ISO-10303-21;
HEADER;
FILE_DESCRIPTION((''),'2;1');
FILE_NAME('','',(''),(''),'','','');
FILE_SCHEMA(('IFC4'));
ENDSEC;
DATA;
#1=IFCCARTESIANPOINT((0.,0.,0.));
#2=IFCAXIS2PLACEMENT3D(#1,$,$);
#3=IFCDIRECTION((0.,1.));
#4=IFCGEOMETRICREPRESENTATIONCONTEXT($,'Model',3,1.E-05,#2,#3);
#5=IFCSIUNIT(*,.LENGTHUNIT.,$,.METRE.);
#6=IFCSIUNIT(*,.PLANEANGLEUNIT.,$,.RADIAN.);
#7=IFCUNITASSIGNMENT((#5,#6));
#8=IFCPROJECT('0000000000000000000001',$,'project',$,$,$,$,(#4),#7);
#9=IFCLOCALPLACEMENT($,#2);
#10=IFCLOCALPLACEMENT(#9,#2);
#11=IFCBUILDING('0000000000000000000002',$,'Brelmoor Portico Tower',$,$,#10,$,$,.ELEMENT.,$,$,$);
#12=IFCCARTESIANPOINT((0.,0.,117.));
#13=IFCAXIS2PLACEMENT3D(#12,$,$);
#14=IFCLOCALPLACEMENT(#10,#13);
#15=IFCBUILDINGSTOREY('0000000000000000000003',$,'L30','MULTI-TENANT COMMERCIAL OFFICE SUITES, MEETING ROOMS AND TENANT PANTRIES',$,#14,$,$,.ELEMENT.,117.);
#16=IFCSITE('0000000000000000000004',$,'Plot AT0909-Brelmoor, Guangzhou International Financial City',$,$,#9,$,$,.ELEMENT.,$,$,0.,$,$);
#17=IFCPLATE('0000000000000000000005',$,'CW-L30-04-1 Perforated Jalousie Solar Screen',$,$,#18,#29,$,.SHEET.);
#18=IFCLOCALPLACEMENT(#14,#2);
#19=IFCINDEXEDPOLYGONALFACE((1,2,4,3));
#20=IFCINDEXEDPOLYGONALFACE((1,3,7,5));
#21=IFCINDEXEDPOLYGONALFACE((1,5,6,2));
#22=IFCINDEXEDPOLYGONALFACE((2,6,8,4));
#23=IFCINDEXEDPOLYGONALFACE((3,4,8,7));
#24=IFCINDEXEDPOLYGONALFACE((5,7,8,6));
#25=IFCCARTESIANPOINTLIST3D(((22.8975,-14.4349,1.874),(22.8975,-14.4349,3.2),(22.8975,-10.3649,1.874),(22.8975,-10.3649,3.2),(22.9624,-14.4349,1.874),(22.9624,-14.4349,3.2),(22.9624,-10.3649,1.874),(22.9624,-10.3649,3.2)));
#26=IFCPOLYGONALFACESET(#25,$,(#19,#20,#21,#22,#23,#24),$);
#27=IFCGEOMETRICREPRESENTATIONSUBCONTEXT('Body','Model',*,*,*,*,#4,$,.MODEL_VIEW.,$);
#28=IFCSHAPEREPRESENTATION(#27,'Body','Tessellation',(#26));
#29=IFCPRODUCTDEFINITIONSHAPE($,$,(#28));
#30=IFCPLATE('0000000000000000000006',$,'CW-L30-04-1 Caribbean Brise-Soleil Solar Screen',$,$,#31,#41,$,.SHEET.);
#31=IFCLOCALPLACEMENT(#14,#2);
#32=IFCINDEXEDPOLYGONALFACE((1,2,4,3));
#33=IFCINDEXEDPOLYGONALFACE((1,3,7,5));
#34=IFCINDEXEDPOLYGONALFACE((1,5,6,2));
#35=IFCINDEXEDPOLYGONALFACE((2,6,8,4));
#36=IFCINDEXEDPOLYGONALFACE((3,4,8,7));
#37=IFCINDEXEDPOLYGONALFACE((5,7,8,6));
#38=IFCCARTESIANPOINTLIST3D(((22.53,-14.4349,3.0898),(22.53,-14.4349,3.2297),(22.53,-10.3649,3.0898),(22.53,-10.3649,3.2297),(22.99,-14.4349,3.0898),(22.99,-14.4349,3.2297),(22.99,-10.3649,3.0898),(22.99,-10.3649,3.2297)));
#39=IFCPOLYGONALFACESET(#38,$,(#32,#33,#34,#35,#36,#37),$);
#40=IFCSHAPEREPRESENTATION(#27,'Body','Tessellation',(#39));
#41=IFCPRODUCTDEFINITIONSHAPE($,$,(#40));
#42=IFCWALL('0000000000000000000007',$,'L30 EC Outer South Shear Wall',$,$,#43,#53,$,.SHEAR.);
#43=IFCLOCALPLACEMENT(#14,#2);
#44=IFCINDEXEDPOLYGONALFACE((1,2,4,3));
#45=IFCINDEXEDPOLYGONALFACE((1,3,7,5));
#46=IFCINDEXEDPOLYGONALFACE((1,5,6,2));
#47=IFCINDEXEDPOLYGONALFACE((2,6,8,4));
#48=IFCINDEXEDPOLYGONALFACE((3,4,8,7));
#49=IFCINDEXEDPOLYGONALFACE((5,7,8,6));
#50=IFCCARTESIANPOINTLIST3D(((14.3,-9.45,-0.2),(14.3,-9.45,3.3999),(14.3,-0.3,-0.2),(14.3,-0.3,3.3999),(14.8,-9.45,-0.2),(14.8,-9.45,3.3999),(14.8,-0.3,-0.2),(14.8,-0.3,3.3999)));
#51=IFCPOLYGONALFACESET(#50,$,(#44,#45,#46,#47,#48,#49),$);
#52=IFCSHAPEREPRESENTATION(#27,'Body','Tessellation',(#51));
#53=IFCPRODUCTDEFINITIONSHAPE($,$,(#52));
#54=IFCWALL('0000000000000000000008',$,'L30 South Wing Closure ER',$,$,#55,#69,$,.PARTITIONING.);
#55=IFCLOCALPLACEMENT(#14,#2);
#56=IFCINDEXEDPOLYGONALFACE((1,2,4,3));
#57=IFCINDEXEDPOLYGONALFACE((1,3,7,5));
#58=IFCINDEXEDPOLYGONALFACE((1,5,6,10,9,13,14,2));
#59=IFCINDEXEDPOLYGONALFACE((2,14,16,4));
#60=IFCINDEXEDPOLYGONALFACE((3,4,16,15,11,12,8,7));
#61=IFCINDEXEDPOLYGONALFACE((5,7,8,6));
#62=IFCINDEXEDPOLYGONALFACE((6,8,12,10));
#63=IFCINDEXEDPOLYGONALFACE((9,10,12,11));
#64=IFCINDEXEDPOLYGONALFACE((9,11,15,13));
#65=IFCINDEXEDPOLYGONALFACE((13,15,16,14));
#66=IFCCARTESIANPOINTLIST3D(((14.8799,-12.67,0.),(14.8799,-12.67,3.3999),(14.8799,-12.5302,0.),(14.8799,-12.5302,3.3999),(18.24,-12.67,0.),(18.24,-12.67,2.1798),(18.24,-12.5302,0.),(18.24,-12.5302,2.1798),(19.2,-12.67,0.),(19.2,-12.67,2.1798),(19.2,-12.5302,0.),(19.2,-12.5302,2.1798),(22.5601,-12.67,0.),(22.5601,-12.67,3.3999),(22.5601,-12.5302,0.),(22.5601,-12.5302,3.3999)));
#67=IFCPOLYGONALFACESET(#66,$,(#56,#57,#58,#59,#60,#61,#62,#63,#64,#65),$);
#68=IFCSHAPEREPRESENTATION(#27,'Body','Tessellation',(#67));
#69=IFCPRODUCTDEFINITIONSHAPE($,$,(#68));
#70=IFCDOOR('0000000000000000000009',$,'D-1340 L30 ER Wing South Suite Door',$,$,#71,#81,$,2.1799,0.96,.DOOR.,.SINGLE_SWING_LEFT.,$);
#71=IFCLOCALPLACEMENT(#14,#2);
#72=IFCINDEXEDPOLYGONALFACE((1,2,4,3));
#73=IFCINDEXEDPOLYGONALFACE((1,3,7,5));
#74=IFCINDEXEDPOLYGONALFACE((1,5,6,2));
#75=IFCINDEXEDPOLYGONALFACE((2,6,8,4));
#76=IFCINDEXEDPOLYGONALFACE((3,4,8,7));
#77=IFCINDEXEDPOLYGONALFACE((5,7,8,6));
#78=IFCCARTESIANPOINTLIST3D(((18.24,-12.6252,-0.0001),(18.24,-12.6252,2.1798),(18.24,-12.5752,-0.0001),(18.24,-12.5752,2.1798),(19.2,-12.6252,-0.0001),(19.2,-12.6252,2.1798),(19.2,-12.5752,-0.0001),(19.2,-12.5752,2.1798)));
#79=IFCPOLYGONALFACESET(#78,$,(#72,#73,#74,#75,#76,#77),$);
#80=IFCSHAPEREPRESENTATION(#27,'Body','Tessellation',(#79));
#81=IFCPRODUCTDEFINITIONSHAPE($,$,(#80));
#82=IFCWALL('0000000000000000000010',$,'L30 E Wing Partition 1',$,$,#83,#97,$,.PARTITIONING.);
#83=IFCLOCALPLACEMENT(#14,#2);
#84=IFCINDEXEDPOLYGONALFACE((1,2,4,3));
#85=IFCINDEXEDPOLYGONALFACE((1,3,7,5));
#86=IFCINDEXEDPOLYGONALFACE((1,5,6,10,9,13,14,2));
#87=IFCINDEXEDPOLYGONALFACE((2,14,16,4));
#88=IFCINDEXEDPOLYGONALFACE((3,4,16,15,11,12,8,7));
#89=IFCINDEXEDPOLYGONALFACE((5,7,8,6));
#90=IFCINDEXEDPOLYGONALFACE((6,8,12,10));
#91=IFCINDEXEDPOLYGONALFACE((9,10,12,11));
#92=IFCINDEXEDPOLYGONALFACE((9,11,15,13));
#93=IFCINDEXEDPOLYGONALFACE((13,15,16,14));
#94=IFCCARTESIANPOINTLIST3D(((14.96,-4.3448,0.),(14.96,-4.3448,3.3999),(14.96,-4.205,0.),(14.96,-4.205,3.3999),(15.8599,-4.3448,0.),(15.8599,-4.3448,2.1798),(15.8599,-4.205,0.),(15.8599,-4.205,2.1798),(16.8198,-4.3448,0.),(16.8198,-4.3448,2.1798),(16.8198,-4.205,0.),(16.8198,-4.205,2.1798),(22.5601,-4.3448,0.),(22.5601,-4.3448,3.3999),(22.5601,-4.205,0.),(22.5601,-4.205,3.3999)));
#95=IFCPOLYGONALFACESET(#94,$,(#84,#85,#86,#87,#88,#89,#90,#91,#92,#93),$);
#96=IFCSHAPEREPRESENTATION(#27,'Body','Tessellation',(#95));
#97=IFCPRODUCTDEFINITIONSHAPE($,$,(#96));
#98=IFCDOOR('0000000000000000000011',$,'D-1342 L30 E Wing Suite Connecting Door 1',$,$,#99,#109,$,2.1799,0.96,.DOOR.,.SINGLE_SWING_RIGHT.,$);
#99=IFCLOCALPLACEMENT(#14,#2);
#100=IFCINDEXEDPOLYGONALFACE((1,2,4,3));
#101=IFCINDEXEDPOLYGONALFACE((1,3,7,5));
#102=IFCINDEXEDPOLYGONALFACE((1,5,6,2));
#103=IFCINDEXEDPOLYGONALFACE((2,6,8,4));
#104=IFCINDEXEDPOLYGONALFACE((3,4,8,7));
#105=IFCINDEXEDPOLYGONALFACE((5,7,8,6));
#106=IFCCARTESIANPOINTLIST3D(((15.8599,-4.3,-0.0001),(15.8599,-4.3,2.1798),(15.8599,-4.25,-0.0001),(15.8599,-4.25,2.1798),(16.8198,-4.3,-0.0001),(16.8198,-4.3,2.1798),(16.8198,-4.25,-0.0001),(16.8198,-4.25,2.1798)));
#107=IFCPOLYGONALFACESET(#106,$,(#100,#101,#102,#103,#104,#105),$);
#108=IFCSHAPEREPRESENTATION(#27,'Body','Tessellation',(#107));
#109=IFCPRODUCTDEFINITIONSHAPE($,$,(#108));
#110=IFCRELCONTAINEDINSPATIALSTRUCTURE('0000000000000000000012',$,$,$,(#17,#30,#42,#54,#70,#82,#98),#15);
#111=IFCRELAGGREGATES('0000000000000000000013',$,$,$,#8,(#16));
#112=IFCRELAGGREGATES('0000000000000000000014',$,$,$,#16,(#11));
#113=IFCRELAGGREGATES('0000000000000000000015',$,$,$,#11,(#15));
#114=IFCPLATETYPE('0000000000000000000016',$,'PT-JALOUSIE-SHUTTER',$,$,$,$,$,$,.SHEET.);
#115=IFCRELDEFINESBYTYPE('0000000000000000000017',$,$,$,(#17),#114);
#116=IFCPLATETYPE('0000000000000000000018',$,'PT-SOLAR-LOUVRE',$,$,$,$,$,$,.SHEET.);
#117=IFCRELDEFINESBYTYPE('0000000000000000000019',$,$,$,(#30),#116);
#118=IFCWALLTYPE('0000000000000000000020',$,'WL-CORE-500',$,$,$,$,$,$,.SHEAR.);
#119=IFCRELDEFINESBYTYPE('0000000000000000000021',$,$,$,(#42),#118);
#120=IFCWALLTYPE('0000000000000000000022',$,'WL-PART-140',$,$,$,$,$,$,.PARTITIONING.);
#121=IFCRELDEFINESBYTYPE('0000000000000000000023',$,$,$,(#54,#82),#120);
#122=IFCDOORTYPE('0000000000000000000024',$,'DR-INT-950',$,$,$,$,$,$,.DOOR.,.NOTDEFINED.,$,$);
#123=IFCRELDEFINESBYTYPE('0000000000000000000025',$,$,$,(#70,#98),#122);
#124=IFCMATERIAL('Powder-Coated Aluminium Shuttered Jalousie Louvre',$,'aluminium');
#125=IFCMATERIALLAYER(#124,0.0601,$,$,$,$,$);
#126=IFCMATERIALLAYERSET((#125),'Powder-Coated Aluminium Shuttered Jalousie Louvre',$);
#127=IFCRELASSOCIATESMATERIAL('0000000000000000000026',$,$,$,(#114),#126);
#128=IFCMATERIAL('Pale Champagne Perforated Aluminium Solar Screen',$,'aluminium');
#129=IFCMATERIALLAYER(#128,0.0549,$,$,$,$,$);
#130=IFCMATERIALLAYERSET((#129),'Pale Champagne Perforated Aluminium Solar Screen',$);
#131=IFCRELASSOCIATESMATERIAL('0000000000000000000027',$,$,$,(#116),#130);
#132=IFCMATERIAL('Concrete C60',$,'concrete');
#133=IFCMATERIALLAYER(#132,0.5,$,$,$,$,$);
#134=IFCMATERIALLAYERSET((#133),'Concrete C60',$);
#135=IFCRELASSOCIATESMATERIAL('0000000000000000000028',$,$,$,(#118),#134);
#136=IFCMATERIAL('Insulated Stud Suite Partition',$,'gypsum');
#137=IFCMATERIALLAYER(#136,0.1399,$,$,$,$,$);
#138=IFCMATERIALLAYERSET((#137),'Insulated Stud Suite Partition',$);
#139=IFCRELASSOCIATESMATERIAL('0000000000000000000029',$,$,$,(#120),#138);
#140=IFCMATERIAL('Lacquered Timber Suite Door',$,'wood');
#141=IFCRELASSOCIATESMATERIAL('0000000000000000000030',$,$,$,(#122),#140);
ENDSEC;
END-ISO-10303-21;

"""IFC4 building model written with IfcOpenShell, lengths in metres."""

from ifc_helpers import new_model, si_unit, direction, frame, frame_2d, origin, origin_2d, place, context, subcontext, project, spatial, rectangle, extrude, material, layer, layer_set, type_object, element, fill, save


model = new_model("IFC4")

# Units and contexts
model_context = context("Model", 3, precision=1e-05, world=origin(), true_north=direction((0.0, 1.0)))
body_context = subcontext(model_context, "Body", "Model", "MODEL_VIEW")
ifc_project = project(units=[si_unit("LENGTHUNIT", "METRE"), si_unit("PLANEANGLEUNIT", "RADIAN")], contexts=[model_context])

# Site, building, storey
site_placement = place(None, origin())
site = spatial("IfcSite", under=ifc_project, at=site_placement, Name="Plot AT0909-Brelmoor, Guangzhou International Financial City", CompositionType="ELEMENT", RefElevation=0.0)
building_placement = place(site_placement, origin())
building = spatial("IfcBuilding", under=site, at=building_placement, Name="Brelmoor Portico Tower", CompositionType="ELEMENT")
storey_placement = place(building_placement, frame((0.0, 0.0, 117.0)))
storey = spatial("IfcBuildingStorey", under=building, at=storey_placement, Name="L30", Description="MULTI-TENANT COMMERCIAL OFFICE SUITES, MEETING ROOMS AND TENANT PANTRIES", CompositionType="ELEMENT", Elevation=117.0)

# Plates
ifc_material_1 = material(Name="Powder-Coated Aluminium Shuttered Jalousie Louvre", Category="aluminium")
ifc_layer_1 = layer(ifc_material_1, 0.0601)
ifc_layer_set_1 = layer_set([ifc_layer_1], Name="Powder-Coated Aluminium Shuttered Jalousie Louvre")
plate_type_1 = type_object("IfcPlateType", Name="PT-JALOUSIE-SHUTTER", PredefinedType="SHEET", material=ifc_layer_set_1)
plate_1_placement = place(storey_placement, frame((22.9299, -12.3999, 1.874), z_axis=(0.0, 0.0, 1.0), x_axis=(0.0, 1.0, 0.0)))
element("IfcPlate", 1, at=plate_1_placement, inside=storey, type_object=plate_type_1, Name="CW-L30-04-1 Perforated Jalousie Solar Screen", PredefinedType="SHEET", context=body_context, shape_type="SweptSolid", body=[
    extrude(rectangle(XDim=4.0701, YDim=0.0649, at=origin_2d()), origin(), (0.0, 0.0, 1.0), 1.3259),
])
ifc_material_2 = material(Name="Pale Champagne Perforated Aluminium Solar Screen", Category="aluminium")
ifc_layer_2 = layer(ifc_material_2, 0.0549)
ifc_layer_set_2 = layer_set([ifc_layer_2], Name="Pale Champagne Perforated Aluminium Solar Screen")
plate_type_2 = type_object("IfcPlateType", Name="PT-SOLAR-LOUVRE", PredefinedType="SHEET", material=ifc_layer_set_2)
plate_2_placement = place(storey_placement, frame((22.76, -12.3999, 3.0898), z_axis=(0.0, 0.0, 1.0), x_axis=(0.0, 1.0, 0.0)))
element("IfcPlate", 2, at=plate_2_placement, inside=storey, type_object=plate_type_2, Name="CW-L30-04-1 Caribbean Brise-Soleil Solar Screen", PredefinedType="SHEET", context=body_context, shape_type="SweptSolid", body=[
    extrude(rectangle(XDim=4.0701, YDim=0.46, at=origin_2d()), origin(), (0.0, 0.0, 1.0), 0.1399),
])

# Wall
ifc_material_3 = material(Name="Concrete C60", Category="concrete")
ifc_layer_3 = layer(ifc_material_3, 0.5)
ifc_layer_set_3 = layer_set([ifc_layer_3], Name="Concrete C60")
wall_type_1 = type_object("IfcWallType", Name="WL-CORE-500", PredefinedType="SHEAR", material=ifc_layer_set_3)
wall_1_placement = place(storey_placement, frame((14.55, -9.45, -0.2), z_axis=(0.0, 0.0, 1.0), x_axis=(0.0, 1.0, 0.0)))
element("IfcWall", 3, at=wall_1_placement, inside=storey, type_object=wall_type_1, Name="L30 EC Outer South Shear Wall", PredefinedType="SHEAR", context=body_context, shape_type="SweptSolid", body=[
    extrude(rectangle(XDim=9.1499, YDim=0.5, at=frame_2d((4.575, 0.0))), origin(), (0.0, 0.0, 1.0), 3.5999),
])

# Walls, openings, doors
ifc_material_4 = material(Name="Insulated Stud Suite Partition", Category="gypsum")
ifc_layer_4 = layer(ifc_material_4, 0.1399)
ifc_layer_set_4 = layer_set([ifc_layer_4], Name="Insulated Stud Suite Partition")
wall_type_2 = type_object("IfcWallType", Name="WL-PART-140", PredefinedType="PARTITIONING", material=ifc_layer_set_4)
wall_2_placement = place(storey_placement, frame((14.8799, -12.6001, 0.0), z_axis=(0.0, 0.0, 1.0), x_axis=(1.0, 0.0, 0.0)))
wall_2 = element("IfcWall", 4, at=wall_2_placement, inside=storey, type_object=wall_type_2, Name="L30 South Wing Closure ER", PredefinedType="PARTITIONING", context=body_context, shape_type="SweptSolid", body=[
    extrude(rectangle(XDim=7.6802, YDim=0.1399, at=frame_2d((3.8401, 0.0))), origin(), (0.0, 0.0, 1.0), 3.3999),
])
opening_1_placement = place(wall_2_placement, frame((3.3601, 0.0, 0.0)))
opening_1 = element("IfcOpeningElement", 5, at=opening_1_placement, cuts=wall_2, PredefinedType="OPENING", context=body_context, shape_type="SweptSolid", body=[
    extrude(rectangle(XDim=0.96, YDim=2.1799, at=frame_2d((0.48, 1.0898))), frame((0.0, 0.0798, 0.0), z_axis=(0.0, -1.0, 0.0), x_axis=(1.0, 0.0, 0.0)), (0.0, 0.0, 1.0), 0.1599),
])
ifc_material_5 = material(Name="Lacquered Timber Suite Door", Category="wood")
door_type = type_object("IfcDoorType", Name="DR-INT-950", OperationType="NOTDEFINED", PredefinedType="DOOR", material=ifc_material_5)
door_1_placement = place(opening_1_placement, origin())
door_1 = element("IfcDoor", 6, at=door_1_placement, inside=storey, type_object=door_type, Name="D-1340 L30 ER Wing South Suite Door", OperationType="SINGLE_SWING_LEFT", OverallHeight=2.1799, OverallWidth=0.96, PredefinedType="DOOR", context=body_context, shape_type="SweptSolid", body=[
    extrude(rectangle(XDim=0.96, YDim=2.1799, at=frame_2d((0.48, 1.0898))), frame((0.0, 0.0249, 0.0), z_axis=(0.0, -1.0, 0.0), x_axis=(1.0, 0.0, 0.0)), (0.0, 0.0, 1.0), 0.05),
])
fill(opening_1, door_1)
wall_3_placement = place(storey_placement, frame((14.96, -4.2749, 0.0), z_axis=(0.0, 0.0, 1.0), x_axis=(1.0, 0.0, 0.0)))
wall_3 = element("IfcWall", 7, at=wall_3_placement, inside=storey, type_object=wall_type_2, Name="L30 E Wing Partition 1", PredefinedType="PARTITIONING", context=body_context, shape_type="SweptSolid", body=[
    extrude(rectangle(XDim=7.6001, YDim=0.1399, at=frame_2d((3.8, 0.0))), origin(), (0.0, 0.0, 1.0), 3.3999),
])
opening_2_placement = place(wall_3_placement, frame((0.8999, 0.0, 0.0)))
opening_2 = element("IfcOpeningElement", 8, at=opening_2_placement, cuts=wall_3, PredefinedType="OPENING", context=body_context, shape_type="SweptSolid", body=[
    extrude(rectangle(XDim=0.96, YDim=2.1799, at=frame_2d((0.48, 1.0898))), frame((0.0, 0.0798, 0.0), z_axis=(0.0, -1.0, 0.0), x_axis=(1.0, 0.0, 0.0)), (0.0, 0.0, 1.0), 0.1599),
])
door_2_placement = place(opening_2_placement, origin())
door_2 = element("IfcDoor", 9, at=door_2_placement, inside=storey, type_object=door_type, Name="D-1342 L30 E Wing Suite Connecting Door 1", OperationType="SINGLE_SWING_RIGHT", OverallHeight=2.1799, OverallWidth=0.96, PredefinedType="DOOR", context=body_context, shape_type="SweptSolid", body=[
    extrude(rectangle(XDim=0.96, YDim=2.1799, at=frame_2d((0.48, 1.0898))), frame((0.0, 0.0249, 0.0), z_axis=(0.0, -1.0, 0.0), x_axis=(1.0, 0.0, 0.0)), (0.0, 0.0, 1.0), 0.05),
])
fill(opening_2, door_2)

save(model, "model.ifc")
